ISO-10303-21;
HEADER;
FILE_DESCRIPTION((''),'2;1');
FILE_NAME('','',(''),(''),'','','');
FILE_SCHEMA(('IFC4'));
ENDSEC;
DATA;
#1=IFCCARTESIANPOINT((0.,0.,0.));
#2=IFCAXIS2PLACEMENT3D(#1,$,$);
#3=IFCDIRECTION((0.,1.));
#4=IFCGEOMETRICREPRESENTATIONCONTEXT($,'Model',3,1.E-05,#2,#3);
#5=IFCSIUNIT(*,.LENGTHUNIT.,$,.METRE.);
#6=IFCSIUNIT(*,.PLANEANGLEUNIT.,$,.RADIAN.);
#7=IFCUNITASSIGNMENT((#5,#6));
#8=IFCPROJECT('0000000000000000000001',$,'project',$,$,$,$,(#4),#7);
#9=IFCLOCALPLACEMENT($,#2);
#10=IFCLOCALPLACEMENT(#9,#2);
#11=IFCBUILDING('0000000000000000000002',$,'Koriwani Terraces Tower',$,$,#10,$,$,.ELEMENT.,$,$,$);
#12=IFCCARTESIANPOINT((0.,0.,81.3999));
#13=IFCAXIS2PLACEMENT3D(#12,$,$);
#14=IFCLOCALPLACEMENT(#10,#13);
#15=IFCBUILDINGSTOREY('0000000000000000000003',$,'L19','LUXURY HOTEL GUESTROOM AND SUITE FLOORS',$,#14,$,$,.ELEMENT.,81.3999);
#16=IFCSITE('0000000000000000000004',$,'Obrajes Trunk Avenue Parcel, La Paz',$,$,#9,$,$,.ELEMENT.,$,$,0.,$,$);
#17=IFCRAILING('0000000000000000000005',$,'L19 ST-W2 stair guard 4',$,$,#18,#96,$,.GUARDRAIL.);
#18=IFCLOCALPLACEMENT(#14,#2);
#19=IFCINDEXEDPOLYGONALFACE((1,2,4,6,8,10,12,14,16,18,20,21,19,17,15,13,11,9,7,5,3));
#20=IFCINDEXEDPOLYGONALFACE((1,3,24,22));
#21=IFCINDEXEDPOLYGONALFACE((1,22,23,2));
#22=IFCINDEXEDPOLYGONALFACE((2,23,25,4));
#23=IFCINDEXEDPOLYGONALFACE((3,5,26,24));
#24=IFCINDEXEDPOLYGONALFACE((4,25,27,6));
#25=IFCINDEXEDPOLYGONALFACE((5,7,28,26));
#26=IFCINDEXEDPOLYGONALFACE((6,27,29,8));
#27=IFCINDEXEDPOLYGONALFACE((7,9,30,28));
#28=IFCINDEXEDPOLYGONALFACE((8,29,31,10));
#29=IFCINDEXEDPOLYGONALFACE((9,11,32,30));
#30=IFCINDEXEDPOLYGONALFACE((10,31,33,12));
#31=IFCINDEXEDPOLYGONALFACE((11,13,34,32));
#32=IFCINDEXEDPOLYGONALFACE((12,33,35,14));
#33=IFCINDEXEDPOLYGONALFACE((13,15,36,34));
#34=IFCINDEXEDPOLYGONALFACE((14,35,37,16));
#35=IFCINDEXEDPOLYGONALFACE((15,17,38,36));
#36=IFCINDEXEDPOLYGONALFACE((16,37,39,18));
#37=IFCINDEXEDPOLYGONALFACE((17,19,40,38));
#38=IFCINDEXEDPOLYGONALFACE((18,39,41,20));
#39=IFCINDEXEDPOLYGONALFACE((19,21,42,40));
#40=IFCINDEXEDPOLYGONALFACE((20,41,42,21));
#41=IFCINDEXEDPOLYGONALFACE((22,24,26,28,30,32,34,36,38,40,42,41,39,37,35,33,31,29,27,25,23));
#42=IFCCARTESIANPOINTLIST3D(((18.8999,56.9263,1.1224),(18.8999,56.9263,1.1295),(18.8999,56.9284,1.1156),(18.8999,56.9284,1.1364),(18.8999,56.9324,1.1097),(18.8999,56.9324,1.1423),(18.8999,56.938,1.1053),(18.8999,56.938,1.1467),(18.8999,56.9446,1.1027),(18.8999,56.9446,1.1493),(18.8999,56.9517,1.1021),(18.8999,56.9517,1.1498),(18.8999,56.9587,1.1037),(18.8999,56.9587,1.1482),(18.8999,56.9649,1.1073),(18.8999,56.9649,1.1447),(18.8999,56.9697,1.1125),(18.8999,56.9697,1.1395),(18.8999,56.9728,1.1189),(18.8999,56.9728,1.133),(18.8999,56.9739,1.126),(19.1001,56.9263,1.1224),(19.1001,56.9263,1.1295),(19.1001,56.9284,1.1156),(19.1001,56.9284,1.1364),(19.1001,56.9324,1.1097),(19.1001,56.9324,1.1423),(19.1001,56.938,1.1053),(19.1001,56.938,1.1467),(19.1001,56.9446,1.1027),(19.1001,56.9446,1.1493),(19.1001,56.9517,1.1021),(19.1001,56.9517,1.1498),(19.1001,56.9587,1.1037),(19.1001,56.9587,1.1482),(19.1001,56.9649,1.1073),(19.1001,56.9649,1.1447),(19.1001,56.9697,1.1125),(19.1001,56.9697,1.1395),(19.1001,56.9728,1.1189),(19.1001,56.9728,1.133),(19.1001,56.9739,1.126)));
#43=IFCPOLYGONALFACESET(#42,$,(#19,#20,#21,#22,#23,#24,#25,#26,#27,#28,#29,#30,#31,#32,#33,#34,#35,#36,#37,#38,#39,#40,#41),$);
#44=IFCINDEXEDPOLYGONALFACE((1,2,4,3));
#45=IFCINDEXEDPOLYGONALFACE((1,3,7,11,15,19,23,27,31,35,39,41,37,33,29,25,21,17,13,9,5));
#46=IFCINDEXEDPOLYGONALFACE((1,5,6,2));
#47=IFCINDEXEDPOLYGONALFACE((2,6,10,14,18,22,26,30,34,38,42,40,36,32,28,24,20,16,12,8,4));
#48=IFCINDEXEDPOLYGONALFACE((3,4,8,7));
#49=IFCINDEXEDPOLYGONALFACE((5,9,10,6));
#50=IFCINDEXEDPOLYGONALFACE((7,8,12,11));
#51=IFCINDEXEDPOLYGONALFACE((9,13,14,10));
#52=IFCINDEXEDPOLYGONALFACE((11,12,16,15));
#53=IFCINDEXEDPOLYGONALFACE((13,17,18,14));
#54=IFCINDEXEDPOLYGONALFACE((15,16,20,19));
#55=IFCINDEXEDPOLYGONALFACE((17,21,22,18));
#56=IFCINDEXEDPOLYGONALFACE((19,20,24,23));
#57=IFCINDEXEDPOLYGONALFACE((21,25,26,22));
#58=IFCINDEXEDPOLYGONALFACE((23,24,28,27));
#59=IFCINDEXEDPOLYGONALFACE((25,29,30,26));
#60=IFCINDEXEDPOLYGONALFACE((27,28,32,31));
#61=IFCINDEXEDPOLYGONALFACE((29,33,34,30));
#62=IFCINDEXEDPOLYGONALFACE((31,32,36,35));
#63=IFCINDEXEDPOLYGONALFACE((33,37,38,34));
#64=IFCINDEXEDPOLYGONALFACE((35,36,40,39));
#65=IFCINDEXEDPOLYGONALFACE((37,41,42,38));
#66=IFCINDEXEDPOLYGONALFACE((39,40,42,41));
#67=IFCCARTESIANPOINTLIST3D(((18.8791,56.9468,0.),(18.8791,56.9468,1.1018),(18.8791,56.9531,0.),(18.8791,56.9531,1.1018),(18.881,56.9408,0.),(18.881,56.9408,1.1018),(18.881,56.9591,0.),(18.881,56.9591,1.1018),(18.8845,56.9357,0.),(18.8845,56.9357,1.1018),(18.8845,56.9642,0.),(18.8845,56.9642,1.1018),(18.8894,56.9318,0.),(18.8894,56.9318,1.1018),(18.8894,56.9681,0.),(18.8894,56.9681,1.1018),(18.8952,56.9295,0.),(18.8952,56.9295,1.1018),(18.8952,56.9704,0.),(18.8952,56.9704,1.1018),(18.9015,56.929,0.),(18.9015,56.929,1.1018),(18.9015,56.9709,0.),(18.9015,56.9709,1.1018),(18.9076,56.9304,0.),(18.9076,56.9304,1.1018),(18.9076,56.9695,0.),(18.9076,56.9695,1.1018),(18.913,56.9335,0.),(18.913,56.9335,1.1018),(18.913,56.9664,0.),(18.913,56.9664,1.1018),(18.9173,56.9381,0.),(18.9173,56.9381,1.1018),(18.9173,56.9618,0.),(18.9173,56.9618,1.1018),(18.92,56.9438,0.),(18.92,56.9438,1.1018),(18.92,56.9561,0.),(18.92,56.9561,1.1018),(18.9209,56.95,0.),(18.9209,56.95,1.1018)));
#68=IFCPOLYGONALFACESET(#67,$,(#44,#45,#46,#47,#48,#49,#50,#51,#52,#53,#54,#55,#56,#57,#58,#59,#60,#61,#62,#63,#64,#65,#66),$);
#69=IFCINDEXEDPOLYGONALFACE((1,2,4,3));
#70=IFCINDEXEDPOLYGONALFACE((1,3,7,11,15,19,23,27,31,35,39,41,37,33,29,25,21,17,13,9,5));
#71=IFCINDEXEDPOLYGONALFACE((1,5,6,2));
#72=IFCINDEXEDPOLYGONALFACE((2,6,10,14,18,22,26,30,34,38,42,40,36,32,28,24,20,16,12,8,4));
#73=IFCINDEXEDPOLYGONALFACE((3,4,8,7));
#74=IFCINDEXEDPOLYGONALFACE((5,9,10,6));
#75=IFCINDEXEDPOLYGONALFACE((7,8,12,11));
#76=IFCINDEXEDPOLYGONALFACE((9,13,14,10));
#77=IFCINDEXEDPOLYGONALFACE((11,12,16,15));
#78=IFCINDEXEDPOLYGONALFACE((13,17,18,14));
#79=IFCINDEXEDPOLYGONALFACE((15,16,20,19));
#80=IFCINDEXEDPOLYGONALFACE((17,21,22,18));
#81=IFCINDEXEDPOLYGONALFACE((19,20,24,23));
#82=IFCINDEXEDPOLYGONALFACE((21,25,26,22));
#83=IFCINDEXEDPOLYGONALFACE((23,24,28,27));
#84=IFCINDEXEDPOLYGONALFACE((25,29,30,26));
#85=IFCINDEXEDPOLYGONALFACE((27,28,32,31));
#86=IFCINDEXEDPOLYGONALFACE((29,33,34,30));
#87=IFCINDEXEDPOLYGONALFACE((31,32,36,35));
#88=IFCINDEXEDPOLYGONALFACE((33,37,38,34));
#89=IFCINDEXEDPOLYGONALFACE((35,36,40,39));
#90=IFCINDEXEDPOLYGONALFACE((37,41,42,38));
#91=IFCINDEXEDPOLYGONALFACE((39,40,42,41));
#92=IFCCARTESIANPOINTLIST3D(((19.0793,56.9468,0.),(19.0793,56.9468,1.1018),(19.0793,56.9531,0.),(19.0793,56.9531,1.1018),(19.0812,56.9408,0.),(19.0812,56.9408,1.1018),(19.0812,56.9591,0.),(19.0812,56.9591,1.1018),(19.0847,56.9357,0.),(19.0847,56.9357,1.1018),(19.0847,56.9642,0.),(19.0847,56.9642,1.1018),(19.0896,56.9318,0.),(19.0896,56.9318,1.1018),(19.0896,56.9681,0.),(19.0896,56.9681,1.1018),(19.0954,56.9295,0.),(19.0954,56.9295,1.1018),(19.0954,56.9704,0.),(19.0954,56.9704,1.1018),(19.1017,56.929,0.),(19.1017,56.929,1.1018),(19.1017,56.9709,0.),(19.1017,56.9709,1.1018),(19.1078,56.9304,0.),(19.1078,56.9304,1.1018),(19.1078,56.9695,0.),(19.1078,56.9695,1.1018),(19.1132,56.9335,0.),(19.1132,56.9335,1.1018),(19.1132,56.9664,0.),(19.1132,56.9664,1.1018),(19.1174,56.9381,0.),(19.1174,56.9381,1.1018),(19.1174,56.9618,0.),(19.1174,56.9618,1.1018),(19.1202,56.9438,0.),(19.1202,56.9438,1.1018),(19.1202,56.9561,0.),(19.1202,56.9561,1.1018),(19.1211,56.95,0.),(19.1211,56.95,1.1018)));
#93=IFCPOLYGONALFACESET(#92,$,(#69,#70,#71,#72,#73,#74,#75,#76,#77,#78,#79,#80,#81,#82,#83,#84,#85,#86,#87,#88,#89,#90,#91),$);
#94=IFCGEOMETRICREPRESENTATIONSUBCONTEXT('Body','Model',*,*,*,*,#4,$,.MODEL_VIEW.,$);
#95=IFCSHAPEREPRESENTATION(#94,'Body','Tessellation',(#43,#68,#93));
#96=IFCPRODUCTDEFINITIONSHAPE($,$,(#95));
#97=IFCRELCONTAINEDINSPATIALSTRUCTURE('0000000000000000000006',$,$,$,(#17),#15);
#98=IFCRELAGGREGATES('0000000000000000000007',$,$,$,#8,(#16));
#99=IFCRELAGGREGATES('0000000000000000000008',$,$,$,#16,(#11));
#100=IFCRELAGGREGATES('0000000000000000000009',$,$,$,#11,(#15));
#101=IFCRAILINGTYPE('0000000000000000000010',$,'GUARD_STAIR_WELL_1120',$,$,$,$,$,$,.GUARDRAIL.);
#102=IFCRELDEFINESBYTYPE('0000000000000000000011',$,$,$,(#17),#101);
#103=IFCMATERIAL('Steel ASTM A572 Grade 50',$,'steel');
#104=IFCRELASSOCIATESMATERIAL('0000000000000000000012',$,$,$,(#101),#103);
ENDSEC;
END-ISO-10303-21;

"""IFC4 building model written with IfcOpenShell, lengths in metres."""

from ifc_helpers import new_model, si_unit, direction, frame, origin, origin_2d, place, context, subcontext, project, spatial, circle, extrude, material, type_object, element, save


model = new_model("IFC4")

# Units and contexts
model_context = context("Model", 3, precision=1e-05, world=origin(), true_north=direction((0.0, 1.0)))
body_context = subcontext(model_context, "Body", "Model", "MODEL_VIEW")
ifc_project = project(units=[si_unit("LENGTHUNIT", "METRE"), si_unit("PLANEANGLEUNIT", "RADIAN")], contexts=[model_context])

# Site, building, storey
site_placement = place(None, origin())
site = spatial("IfcSite", under=ifc_project, at=site_placement, Name="Obrajes Trunk Avenue Parcel, La Paz", CompositionType="ELEMENT", RefElevation=0.0)
building_placement = place(site_placement, origin())
building = spatial("IfcBuilding", under=site, at=building_placement, Name="Koriwani Terraces Tower", CompositionType="ELEMENT")
storey_placement = place(building_placement, frame((0.0, 0.0, 81.3999)))
storey = spatial("IfcBuildingStorey", under=building, at=storey_placement, Name="L19", Description="LUXURY HOTEL GUESTROOM AND SUITE FLOORS", CompositionType="ELEMENT", Elevation=81.3999)

# Shared definitions
ifc_material_1 = material(Name="Steel ASTM A572 Grade 50", Category="steel")

# Railing
railing_type_1 = type_object("IfcRailingType", Name="GUARD_STAIR_WELL_1120", PredefinedType="GUARDRAIL", material=ifc_material_1)
railing_1_placement = place(storey_placement, frame((18.8999, 56.95, 0.0)))
element("IfcRailing", 1, at=railing_1_placement, inside=storey, type_object=railing_type_1, Name="L19 ST-W2 stair guard 4", PredefinedType="GUARDRAIL", context=body_context, shape_type="SweptSolid", body=[
    extrude(circle(Radius=0.0239, at=origin_2d()), frame((0.0, 0.0, 1.126), z_axis=(1.0, 0.0, 0.0), x_axis=(0.0, 1.0, 0.0)), (0.0, 0.0, 1.0), 0.2002),
    extrude(circle(Radius=0.021, at=origin_2d()), origin(), (0.0, 0.0, 1.0), 1.1018),
    extrude(circle(Radius=0.021, at=origin_2d()), frame((0.2002, 0.0, 0.0)), (0.0, 0.0, 1.0), 1.1018),
])

save(model, "model.ifc")
